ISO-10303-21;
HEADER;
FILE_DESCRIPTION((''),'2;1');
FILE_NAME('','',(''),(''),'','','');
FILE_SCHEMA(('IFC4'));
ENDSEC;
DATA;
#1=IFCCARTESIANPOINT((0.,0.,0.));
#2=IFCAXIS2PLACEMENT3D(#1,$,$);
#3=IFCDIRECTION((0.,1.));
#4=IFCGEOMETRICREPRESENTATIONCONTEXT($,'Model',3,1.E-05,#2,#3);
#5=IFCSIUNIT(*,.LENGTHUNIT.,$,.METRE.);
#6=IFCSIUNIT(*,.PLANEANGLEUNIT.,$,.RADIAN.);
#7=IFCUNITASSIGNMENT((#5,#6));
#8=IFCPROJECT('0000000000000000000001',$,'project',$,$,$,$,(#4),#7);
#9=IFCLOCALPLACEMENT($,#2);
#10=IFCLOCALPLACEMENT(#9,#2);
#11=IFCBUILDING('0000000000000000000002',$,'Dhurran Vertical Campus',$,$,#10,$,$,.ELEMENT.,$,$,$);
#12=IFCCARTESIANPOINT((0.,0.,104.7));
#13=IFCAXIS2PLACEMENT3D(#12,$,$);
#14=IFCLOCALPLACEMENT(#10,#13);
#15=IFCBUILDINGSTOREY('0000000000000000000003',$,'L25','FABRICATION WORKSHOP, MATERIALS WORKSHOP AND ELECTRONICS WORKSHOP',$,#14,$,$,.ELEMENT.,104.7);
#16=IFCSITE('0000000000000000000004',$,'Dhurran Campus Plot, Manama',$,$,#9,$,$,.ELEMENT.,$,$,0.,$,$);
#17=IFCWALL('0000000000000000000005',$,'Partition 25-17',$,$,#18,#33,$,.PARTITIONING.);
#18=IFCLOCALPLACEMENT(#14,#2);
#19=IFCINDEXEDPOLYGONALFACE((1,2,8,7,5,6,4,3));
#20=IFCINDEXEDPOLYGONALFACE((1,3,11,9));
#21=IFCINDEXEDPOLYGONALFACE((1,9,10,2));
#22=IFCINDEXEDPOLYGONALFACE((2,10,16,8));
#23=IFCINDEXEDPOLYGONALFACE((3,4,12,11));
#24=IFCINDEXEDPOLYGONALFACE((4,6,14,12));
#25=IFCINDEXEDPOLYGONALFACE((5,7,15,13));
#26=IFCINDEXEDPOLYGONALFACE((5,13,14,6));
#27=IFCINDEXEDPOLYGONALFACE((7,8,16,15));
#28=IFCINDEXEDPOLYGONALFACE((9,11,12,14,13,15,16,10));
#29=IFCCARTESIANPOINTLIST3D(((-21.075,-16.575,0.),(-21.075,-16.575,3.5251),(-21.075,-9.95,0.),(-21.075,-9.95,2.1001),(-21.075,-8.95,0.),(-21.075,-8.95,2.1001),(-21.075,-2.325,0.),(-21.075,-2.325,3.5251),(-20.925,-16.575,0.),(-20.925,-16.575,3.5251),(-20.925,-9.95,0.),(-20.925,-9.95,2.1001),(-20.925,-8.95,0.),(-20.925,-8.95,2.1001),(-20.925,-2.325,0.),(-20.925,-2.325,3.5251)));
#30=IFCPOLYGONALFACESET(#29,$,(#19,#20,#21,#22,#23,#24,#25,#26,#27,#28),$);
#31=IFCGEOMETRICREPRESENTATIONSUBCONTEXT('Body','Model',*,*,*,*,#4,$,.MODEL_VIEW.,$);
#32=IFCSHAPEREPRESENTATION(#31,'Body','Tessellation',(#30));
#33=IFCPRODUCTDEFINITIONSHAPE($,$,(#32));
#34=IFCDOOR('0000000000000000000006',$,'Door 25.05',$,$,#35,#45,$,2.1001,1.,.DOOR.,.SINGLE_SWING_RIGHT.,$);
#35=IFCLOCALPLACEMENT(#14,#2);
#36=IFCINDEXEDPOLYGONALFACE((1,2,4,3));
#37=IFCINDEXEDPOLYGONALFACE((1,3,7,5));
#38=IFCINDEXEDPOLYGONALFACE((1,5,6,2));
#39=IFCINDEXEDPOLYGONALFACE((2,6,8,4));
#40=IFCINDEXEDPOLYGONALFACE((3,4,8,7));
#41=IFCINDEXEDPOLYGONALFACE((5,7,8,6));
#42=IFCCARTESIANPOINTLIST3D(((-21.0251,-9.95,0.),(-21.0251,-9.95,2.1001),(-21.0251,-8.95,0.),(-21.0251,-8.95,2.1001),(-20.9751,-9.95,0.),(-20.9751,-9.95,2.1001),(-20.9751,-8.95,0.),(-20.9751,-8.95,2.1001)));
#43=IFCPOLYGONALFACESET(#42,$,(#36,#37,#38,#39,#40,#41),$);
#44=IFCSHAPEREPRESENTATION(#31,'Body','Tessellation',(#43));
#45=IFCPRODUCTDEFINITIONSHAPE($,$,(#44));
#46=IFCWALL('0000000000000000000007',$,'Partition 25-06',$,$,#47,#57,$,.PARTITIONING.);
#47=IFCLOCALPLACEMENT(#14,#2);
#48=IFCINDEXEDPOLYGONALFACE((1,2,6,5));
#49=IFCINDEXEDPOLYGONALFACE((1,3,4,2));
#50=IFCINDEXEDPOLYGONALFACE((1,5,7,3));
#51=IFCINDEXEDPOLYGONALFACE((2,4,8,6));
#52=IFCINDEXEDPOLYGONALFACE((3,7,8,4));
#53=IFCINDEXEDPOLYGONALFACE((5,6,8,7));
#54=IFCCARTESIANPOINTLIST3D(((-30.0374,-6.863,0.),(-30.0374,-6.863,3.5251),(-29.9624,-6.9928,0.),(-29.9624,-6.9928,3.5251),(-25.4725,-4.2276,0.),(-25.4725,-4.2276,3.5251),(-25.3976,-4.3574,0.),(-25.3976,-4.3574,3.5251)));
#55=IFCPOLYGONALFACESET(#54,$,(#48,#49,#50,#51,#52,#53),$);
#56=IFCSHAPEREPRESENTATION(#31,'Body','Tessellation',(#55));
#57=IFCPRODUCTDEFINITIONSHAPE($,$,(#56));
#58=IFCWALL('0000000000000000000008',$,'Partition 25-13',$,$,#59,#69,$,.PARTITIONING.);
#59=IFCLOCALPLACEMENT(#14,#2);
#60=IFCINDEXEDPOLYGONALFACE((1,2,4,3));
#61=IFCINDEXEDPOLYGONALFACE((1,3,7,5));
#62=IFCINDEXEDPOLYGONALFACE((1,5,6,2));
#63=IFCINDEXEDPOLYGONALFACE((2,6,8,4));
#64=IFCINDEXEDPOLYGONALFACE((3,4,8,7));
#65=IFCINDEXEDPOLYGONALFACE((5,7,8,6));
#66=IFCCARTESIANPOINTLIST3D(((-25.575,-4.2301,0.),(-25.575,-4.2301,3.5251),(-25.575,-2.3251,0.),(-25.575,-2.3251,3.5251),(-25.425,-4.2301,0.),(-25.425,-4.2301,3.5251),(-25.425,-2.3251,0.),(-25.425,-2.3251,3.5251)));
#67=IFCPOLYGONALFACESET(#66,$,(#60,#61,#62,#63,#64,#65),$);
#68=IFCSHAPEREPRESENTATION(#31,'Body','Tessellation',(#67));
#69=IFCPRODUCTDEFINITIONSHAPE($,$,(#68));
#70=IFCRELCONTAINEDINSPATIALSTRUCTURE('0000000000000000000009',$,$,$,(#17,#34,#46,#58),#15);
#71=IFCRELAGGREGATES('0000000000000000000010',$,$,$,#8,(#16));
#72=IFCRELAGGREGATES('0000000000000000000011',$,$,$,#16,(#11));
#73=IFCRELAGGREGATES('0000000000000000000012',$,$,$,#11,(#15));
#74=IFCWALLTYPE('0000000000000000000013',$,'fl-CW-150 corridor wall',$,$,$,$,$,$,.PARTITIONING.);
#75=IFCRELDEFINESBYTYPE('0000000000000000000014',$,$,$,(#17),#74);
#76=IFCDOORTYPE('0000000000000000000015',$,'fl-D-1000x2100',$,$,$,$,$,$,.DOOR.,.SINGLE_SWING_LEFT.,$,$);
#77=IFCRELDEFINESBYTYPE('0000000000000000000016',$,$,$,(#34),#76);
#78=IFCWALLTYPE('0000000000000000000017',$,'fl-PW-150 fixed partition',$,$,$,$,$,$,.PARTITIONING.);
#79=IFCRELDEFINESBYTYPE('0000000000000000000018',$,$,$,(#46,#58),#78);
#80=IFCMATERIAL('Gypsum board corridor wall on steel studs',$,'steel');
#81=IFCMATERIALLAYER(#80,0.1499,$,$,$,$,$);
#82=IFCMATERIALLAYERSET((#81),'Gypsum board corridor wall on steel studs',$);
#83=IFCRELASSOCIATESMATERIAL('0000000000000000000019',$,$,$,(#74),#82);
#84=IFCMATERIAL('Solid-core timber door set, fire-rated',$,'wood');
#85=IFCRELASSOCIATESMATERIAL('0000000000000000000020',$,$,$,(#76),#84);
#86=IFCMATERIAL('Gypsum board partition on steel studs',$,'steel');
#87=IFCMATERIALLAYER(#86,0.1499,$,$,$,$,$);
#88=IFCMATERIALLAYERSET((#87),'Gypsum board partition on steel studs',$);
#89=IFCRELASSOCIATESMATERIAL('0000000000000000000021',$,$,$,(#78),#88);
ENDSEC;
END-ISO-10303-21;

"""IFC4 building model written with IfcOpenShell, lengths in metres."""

from ifc_helpers import new_model, si_unit, direction, frame, frame_2d, origin, place, context, subcontext, project, spatial, rectangle, extrude, material, layer, layer_set, type_object, element, fill, save


model = new_model("IFC4")

# Units and contexts
model_context = context("Model", 3, precision=1e-05, world=origin(), true_north=direction((0.0, 1.0)))
body_context = subcontext(model_context, "Body", "Model", "MODEL_VIEW")
ifc_project = project(units=[si_unit("LENGTHUNIT", "METRE"), si_unit("PLANEANGLEUNIT", "RADIAN")], contexts=[model_context])

# Site, building, storey
site_placement = place(None, origin())
site = spatial("IfcSite", under=ifc_project, at=site_placement, Name="Dhurran Campus Plot, Manama", CompositionType="ELEMENT", RefElevation=0.0)
building_placement = place(site_placement, origin())
building = spatial("IfcBuilding", under=site, at=building_placement, Name="Dhurran Vertical Campus", CompositionType="ELEMENT")
storey_placement = place(building_placement, frame((0.0, 0.0, 104.7)))
storey = spatial("IfcBuildingStorey", under=building, at=storey_placement, Name="L25", Description="FABRICATION WORKSHOP, MATERIALS WORKSHOP AND ELECTRONICS WORKSHOP", CompositionType="ELEMENT", Elevation=104.7)

# Shared definitions
ifc_material_1 = material(Name="Gypsum board corridor wall on steel studs", Category="steel")
ifc_layer_1 = layer(ifc_material_1, 0.1499)
ifc_layer_set_1 = layer_set([ifc_layer_1], Name="Gypsum board corridor wall on steel studs")
wall_type_1 = type_object("IfcWallType", Name="fl-CW-150 corridor wall", PredefinedType="PARTITIONING", material=ifc_layer_set_1)
ifc_material_2 = material(Name="Solid-core timber door set, fire-rated", Category="wood")
door_type_1 = type_object("IfcDoorType", Name="fl-D-1000x2100", OperationType="SINGLE_SWING_LEFT", PredefinedType="DOOR", material=ifc_material_2)

# Wall, opening, door
wall_1_placement = place(storey_placement, frame((-21.0, -2.325, 0.0), z_axis=(0.0, 0.0, 1.0), x_axis=(0.0, -1.0, 0.0)))
wall_1 = element("IfcWall", 1, at=wall_1_placement, inside=storey, type_object=wall_type_1, Name="Partition 25-17", PredefinedType="PARTITIONING", context=body_context, shape_type="SweptSolid", body=[
    extrude(rectangle(XDim=14.25, YDim=0.1499, at=frame_2d((7.125, 0.0))), origin(), (0.0, 0.0, 1.0), 3.5251),
])
opening_1_placement = place(wall_1_placement, frame((6.625, 0.0, 0.0)))
opening_1 = element("IfcOpeningElement", 2, at=opening_1_placement, cuts=wall_1, PredefinedType="OPENING", context=body_context, shape_type="SweptSolid", body=[
    extrude(rectangle(XDim=1.0, YDim=2.1001, at=frame_2d((0.5, 1.05))), frame((0.0, 0.085, 0.0), z_axis=(0.0, -1.0, 0.0), x_axis=(1.0, 0.0, 0.0)), (0.0, 0.0, 1.0), 0.1699),
])
door_1_placement = place(opening_1_placement, origin())
door_1 = element("IfcDoor", 3, at=door_1_placement, inside=storey, type_object=door_type_1, Name="Door 25.05", OperationType="SINGLE_SWING_RIGHT", OverallHeight=2.1001, OverallWidth=1.0, PredefinedType="DOOR", context=body_context, shape_type="SweptSolid", body=[
    extrude(rectangle(XDim=1.0, YDim=2.1001, at=frame_2d((0.5, 1.05))), frame((0.0, 0.0249, 0.0), z_axis=(0.0, -1.0, 0.0), x_axis=(1.0, 0.0, 0.0)), (0.0, 0.0, 1.0), 0.05),
])
fill(opening_1, door_1)

# Walls
ifc_material_3 = material(Name="Gypsum board partition on steel studs", Category="steel")
ifc_layer_2 = layer(ifc_material_3, 0.1499)
ifc_layer_set_2 = layer_set([ifc_layer_2], Name="Gypsum board partition on steel studs")
wall_type_2 = type_object("IfcWallType", Name="fl-PW-150 fixed partition", PredefinedType="PARTITIONING", material=ifc_layer_set_2)
wall_2_placement = place(storey_placement, frame((-25.4351, -4.2925, 0.0), z_axis=(0.0, 0.0, 1.0), x_axis=(-0.866031, -0.49999, 0.0)))
element("IfcWall", 4, at=wall_2_placement, inside=storey, type_object=wall_type_2, Name="Partition 25-06", PredefinedType="PARTITIONING", context=body_context, shape_type="SweptSolid", body=[
    extrude(rectangle(XDim=5.271, YDim=0.1499, at=frame_2d((2.6355, 0.0))), origin(), (0.0, 0.0, 1.0), 3.5251),
])
wall_3_placement = place(storey_placement, frame((-25.5, -2.325, 0.0), z_axis=(0.0, 0.0, 1.0), x_axis=(0.0, -1.0, 0.0)))
element("IfcWall", 5, at=wall_3_placement, inside=storey, type_object=wall_type_2, Name="Partition 25-13", PredefinedType="PARTITIONING", context=body_context, shape_type="SweptSolid", body=[
    extrude(rectangle(XDim=1.905, YDim=0.1499, at=frame_2d((0.9526, 0.0))), origin(), (0.0, 0.0, 1.0), 3.5251),
])

save(model, "model.ifc")
